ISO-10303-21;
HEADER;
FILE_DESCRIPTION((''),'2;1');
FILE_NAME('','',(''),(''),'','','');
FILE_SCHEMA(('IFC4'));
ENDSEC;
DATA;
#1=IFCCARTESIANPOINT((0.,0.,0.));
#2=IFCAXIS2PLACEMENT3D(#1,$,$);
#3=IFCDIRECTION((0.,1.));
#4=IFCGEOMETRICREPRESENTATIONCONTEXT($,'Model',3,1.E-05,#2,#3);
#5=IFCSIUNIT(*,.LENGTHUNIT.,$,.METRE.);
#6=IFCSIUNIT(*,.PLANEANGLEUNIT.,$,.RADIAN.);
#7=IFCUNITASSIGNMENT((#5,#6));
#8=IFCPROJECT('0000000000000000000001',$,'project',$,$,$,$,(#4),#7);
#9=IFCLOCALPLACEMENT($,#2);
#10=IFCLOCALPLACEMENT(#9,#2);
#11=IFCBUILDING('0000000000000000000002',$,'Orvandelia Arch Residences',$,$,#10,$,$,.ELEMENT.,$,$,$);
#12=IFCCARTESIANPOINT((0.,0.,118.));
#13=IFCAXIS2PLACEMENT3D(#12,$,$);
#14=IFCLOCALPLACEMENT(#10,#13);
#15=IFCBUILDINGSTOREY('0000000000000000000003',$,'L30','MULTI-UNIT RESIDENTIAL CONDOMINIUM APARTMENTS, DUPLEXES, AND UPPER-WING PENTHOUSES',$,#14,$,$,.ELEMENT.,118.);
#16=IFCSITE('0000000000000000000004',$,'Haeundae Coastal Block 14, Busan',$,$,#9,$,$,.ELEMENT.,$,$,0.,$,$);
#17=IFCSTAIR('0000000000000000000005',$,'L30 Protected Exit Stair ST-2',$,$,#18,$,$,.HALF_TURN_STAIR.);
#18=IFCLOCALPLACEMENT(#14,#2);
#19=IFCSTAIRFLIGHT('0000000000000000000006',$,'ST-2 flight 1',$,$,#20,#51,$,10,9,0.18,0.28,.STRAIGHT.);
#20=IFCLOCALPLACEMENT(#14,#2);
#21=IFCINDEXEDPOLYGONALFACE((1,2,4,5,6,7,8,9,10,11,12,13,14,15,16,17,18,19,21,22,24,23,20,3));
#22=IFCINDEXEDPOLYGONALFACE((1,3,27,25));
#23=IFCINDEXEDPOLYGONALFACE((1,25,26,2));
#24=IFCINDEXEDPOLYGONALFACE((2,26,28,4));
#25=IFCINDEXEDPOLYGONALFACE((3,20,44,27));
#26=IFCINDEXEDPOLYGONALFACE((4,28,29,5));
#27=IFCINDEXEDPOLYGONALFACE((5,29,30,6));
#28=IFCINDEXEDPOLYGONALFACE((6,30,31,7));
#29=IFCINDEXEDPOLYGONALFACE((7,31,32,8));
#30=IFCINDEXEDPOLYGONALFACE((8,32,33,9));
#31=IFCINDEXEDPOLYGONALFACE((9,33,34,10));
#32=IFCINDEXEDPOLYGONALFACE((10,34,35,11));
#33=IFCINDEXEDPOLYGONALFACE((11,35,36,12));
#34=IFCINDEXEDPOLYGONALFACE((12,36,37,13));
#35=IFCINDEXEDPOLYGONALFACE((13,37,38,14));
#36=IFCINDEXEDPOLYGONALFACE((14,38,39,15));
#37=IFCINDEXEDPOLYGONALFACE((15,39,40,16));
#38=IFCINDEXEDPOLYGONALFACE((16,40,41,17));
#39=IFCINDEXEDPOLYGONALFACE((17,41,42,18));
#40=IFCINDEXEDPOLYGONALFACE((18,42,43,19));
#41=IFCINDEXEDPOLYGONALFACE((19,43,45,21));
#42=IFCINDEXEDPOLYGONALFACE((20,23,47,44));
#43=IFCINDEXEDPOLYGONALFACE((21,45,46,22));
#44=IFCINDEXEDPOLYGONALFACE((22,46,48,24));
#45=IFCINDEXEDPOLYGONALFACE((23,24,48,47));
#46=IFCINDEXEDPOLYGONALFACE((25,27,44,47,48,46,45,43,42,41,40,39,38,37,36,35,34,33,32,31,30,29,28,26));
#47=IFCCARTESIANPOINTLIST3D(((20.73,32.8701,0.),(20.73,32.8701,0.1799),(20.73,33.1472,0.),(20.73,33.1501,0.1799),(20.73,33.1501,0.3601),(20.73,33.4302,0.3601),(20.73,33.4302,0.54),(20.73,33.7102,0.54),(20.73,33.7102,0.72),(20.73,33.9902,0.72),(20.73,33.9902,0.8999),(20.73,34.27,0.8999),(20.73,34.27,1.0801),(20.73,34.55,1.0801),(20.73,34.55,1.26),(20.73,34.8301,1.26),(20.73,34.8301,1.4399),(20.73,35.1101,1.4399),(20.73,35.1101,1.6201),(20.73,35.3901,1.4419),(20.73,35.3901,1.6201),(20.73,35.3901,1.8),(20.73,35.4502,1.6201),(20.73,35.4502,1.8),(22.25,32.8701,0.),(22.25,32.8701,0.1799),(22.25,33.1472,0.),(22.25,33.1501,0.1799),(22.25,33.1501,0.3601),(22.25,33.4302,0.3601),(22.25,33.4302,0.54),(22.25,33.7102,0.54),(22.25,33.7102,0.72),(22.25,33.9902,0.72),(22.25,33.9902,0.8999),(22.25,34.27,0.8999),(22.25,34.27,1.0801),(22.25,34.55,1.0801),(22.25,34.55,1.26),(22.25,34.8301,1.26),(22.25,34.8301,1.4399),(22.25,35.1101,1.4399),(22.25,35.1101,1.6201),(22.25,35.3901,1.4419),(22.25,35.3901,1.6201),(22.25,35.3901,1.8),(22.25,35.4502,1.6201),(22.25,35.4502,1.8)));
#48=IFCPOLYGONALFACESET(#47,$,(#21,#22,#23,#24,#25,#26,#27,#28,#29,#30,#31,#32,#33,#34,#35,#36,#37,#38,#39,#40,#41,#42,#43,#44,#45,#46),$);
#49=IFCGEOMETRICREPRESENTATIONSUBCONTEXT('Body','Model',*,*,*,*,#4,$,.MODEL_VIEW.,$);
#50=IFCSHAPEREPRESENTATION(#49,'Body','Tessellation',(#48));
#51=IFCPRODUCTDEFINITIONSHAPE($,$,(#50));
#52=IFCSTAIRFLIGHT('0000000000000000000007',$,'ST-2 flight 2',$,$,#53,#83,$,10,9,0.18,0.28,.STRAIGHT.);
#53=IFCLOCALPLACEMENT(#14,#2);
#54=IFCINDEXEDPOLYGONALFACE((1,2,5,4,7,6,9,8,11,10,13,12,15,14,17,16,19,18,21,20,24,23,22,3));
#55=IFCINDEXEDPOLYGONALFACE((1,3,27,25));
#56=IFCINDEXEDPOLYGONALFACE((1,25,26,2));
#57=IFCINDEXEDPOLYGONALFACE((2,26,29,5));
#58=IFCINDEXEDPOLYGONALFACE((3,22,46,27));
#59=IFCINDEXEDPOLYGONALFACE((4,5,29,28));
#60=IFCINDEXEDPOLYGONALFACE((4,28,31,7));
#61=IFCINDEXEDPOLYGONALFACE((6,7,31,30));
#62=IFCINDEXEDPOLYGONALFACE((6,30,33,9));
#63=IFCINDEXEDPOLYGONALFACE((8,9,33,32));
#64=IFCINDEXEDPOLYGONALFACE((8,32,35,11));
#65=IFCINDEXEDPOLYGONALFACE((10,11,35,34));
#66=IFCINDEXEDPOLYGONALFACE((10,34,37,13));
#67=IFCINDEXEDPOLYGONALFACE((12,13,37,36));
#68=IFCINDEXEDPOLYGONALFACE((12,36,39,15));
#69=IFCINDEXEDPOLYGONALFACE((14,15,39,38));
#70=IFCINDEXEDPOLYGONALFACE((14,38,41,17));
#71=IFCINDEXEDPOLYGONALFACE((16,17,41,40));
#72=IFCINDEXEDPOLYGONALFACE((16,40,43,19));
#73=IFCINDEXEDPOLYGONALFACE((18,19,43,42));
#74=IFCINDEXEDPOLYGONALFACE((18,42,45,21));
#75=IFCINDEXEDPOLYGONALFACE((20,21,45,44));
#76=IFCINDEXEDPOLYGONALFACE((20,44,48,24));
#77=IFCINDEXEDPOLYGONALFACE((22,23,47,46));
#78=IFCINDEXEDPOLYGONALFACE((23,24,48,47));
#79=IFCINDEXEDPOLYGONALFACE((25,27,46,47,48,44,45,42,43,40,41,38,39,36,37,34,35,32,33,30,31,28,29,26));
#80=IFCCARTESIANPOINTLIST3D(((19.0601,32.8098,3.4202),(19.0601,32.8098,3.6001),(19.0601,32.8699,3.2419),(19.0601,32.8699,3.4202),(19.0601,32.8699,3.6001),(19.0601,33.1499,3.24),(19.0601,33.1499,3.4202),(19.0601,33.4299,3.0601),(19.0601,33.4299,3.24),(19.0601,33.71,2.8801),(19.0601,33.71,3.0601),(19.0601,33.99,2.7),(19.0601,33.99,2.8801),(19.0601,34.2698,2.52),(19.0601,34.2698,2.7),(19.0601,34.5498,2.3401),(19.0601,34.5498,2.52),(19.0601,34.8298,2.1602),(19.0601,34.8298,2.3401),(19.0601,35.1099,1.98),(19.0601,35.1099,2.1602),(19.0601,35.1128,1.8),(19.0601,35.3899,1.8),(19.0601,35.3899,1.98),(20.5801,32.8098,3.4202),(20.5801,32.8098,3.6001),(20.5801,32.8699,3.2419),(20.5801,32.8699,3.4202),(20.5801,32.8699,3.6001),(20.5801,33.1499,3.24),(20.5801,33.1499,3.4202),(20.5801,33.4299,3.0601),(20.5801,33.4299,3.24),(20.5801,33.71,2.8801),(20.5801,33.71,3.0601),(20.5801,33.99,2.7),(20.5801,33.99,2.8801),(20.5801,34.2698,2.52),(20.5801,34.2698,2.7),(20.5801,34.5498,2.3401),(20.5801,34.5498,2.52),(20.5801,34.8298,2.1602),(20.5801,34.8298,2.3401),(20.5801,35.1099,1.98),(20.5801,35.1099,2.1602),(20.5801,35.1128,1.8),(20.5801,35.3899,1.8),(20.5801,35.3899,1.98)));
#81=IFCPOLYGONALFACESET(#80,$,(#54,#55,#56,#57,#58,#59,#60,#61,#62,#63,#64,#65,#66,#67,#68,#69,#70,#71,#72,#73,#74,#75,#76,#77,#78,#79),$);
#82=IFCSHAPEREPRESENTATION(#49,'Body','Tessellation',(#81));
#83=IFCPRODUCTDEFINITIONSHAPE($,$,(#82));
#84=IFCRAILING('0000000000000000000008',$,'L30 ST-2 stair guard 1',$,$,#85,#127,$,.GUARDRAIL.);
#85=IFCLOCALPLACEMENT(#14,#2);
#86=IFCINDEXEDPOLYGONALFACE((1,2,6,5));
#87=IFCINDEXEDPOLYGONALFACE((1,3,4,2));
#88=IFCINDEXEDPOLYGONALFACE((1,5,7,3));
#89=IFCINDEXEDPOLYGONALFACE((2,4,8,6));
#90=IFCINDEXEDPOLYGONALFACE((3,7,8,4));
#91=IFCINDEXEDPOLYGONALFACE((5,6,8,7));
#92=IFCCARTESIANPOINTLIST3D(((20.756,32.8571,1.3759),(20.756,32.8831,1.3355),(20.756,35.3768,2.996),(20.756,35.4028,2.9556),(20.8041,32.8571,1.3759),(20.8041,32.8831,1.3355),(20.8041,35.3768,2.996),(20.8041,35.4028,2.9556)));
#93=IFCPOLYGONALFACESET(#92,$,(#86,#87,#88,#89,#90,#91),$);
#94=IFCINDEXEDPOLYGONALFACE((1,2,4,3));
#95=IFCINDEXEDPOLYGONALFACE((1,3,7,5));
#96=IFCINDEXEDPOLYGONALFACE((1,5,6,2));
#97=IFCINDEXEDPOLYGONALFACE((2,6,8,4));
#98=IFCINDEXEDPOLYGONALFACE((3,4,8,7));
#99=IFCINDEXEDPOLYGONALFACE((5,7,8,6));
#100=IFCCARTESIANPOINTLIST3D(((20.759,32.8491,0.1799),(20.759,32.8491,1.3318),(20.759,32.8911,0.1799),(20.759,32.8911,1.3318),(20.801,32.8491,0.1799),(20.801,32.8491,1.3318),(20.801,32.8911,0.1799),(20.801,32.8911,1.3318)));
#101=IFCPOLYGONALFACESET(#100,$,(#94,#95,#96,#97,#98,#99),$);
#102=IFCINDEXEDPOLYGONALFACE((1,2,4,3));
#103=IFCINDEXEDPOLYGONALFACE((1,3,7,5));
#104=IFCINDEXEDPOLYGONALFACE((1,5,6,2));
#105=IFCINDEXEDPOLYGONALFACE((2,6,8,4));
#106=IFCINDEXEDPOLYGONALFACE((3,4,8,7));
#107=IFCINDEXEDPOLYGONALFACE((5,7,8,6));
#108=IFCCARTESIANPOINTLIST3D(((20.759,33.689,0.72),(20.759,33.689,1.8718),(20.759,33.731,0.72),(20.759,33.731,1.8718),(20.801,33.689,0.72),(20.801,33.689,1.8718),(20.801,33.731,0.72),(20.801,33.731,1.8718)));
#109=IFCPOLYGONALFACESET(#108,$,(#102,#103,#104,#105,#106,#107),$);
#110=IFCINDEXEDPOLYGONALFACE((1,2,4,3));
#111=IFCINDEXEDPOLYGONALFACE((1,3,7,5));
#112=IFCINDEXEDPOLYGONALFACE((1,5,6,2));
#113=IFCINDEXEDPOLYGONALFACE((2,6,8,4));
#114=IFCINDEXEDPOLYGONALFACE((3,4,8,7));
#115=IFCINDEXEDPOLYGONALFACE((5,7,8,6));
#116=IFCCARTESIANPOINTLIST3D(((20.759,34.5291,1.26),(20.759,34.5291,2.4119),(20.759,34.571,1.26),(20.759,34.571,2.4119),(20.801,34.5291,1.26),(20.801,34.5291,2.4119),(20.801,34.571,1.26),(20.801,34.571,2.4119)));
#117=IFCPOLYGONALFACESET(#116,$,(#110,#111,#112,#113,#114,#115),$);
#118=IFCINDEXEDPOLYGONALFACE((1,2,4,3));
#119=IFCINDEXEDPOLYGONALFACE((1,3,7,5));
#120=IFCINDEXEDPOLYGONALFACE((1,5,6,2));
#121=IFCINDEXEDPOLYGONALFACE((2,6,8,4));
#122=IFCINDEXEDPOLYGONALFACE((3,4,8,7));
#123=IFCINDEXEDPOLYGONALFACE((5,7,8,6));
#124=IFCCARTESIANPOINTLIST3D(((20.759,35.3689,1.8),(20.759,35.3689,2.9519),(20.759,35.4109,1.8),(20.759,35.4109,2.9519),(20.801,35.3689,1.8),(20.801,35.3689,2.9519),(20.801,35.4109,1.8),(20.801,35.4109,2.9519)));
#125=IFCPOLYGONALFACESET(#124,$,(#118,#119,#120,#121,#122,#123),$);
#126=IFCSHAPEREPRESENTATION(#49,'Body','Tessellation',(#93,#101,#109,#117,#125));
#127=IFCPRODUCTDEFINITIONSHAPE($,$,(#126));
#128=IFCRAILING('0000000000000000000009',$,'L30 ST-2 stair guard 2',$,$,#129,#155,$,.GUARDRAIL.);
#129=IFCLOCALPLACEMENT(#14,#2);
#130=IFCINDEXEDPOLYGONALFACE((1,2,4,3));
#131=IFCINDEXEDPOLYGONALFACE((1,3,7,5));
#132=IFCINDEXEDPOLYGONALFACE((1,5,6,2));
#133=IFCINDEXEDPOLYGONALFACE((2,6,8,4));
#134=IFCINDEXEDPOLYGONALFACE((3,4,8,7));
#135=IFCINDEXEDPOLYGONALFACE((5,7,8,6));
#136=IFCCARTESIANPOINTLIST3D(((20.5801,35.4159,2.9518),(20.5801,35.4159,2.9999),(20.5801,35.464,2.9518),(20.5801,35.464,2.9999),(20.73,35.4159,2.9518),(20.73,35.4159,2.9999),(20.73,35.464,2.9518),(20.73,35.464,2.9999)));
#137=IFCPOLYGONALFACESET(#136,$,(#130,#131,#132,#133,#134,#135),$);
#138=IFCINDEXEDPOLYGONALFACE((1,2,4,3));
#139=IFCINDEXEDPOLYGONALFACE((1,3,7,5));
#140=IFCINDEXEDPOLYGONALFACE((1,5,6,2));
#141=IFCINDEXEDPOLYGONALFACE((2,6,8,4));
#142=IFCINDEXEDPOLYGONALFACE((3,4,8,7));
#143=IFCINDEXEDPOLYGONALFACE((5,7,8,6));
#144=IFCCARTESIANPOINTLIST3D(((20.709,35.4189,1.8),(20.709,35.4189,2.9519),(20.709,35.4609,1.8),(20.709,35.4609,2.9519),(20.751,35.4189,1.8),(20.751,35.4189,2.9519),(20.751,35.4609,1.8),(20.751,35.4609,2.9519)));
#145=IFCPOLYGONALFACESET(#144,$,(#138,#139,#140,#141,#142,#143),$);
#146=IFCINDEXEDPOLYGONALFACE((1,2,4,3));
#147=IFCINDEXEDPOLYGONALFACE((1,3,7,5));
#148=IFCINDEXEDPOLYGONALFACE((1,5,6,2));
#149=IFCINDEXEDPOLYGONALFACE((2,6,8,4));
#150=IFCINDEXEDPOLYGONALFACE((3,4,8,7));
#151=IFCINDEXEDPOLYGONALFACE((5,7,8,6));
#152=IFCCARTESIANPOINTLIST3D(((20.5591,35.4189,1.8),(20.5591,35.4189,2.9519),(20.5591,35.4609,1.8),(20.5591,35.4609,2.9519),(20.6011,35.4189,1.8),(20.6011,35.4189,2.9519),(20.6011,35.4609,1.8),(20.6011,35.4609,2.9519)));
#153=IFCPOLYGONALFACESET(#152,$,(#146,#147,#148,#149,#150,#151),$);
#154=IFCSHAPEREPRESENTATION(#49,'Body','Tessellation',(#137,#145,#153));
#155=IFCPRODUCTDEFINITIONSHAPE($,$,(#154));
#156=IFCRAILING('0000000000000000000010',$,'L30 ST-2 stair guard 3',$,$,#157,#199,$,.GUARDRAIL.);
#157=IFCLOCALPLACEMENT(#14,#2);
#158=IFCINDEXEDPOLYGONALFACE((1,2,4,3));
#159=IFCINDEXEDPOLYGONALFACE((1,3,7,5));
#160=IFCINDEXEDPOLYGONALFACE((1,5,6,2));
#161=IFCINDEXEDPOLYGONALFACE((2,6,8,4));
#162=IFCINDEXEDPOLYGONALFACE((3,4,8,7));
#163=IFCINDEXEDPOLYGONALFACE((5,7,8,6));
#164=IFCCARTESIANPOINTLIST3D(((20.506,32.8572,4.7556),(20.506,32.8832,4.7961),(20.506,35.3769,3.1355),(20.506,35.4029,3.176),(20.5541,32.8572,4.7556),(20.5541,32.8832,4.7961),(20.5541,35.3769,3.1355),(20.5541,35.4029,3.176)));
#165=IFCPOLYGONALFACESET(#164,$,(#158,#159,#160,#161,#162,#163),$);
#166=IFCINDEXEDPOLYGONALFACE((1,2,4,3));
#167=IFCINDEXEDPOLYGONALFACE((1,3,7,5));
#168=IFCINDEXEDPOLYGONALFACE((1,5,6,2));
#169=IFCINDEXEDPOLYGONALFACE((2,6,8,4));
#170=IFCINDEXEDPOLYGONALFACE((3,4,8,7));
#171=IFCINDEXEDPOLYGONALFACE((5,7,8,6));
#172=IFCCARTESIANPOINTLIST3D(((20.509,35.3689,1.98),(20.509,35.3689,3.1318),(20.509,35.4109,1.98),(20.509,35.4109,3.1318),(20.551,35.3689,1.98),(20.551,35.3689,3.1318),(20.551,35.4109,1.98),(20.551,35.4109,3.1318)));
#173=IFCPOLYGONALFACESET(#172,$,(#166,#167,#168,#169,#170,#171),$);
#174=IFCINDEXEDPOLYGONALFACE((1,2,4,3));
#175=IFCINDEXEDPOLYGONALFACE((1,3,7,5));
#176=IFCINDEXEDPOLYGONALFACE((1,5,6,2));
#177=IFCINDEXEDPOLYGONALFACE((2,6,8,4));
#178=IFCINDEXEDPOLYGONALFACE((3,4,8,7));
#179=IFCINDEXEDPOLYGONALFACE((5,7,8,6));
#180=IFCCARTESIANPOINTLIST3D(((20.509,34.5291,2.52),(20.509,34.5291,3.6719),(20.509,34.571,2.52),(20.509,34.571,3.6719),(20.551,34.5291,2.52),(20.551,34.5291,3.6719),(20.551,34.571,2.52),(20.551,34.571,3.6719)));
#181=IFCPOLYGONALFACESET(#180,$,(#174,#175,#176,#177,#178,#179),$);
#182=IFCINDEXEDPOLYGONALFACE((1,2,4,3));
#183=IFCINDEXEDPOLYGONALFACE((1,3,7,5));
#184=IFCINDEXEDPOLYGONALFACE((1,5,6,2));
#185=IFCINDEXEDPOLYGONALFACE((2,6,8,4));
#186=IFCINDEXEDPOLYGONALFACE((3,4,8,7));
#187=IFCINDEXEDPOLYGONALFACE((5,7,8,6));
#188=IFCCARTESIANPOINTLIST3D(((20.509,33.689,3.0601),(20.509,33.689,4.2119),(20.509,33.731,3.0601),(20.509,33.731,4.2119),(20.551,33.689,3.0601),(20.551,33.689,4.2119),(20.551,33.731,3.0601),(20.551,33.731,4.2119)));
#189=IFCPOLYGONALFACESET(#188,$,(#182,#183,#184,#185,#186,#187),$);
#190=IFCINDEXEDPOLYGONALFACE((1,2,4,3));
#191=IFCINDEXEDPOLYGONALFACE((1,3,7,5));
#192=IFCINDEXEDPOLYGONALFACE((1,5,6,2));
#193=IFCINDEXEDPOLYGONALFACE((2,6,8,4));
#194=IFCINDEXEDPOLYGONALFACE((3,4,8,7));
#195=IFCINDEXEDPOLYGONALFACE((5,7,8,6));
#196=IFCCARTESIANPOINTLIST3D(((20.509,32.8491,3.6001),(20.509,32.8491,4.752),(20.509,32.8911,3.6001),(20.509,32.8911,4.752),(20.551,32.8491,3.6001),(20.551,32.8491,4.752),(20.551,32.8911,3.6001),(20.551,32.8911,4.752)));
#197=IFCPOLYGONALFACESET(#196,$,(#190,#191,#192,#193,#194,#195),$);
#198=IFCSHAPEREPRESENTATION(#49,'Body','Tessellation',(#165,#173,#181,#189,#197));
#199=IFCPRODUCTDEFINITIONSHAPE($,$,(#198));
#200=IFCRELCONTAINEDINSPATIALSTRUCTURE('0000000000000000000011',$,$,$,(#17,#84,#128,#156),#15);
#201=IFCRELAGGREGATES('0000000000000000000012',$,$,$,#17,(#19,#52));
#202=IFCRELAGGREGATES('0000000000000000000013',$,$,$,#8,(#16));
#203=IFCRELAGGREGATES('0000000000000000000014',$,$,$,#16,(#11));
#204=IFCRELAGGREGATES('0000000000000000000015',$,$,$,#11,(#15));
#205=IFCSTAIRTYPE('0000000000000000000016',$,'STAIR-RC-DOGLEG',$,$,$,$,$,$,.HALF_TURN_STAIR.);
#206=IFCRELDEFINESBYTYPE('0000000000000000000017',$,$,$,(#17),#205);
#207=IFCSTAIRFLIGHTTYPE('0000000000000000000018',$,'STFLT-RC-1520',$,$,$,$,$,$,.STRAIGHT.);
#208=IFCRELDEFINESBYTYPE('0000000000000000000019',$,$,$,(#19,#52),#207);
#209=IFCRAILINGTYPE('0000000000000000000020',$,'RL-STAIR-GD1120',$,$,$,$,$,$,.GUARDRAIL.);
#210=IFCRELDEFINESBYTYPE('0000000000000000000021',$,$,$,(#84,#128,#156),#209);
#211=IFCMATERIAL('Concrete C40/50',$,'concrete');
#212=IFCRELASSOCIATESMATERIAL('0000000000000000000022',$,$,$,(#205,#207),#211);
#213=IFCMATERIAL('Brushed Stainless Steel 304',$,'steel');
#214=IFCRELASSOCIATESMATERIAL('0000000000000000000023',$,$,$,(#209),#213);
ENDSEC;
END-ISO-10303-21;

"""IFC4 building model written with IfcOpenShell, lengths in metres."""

from ifc_helpers import new_model, si_unit, direction, frame, origin, origin_2d, place, context, subcontext, project, spatial, polyline, rectangle, outline, extrude, material, type_object, element, aggregate, save


model = new_model("IFC4")

# Units and contexts
model_context = context("Model", 3, precision=1e-05, world=origin(), true_north=direction((0.0, 1.0)))
body_context = subcontext(model_context, "Body", "Model", "MODEL_VIEW")
ifc_project = project(units=[si_unit("LENGTHUNIT", "METRE"), si_unit("PLANEANGLEUNIT", "RADIAN")], contexts=[model_context])

# Site, building, storey
site_placement = place(None, origin())
site = spatial("IfcSite", under=ifc_project, at=site_placement, Name="Haeundae Coastal Block 14, Busan", CompositionType="ELEMENT", RefElevation=0.0)
building_placement = place(site_placement, origin())
building = spatial("IfcBuilding", under=site, at=building_placement, Name="Orvandelia Arch Residences", CompositionType="ELEMENT")
storey_placement = place(building_placement, frame((0.0, 0.0, 118.0)))
storey = spatial("IfcBuildingStorey", under=building, at=storey_placement, Name="L30", Description="MULTI-UNIT RESIDENTIAL CONDOMINIUM APARTMENTS, DUPLEXES, AND UPPER-WING PENTHOUSES", CompositionType="ELEMENT", Elevation=118.0)

# Stair, stair flights
ifc_material_1 = material(Name="Concrete C40/50", Category="concrete")
stair_type = type_object("IfcStairType", Name="STAIR-RC-DOGLEG", PredefinedType="HALF_TURN_STAIR", material=ifc_material_1)
stair_placement = place(storey_placement, origin())
stair = element("IfcStair", 1, at=stair_placement, inside=storey, type_object=stair_type, Name="L30 Protected Exit Stair ST-2", PredefinedType="HALF_TURN_STAIR")
stair_flight_type = type_object("IfcStairFlightType", Name="STFLT-RC-1520", PredefinedType="STRAIGHT", material=ifc_material_1)
stair_flight_1_placement = place(storey_placement, frame((21.49, 32.8701, 0.0), z_axis=(0.0, 0.0, 1.0), x_axis=(0.0, 1.0, 0.0)))
stair_flight_1 = element("IfcStairFlight", 2, at=stair_flight_1_placement, type_object=stair_flight_type, Name="ST-2 flight 1", NumberOfRisers=10, NumberOfTreads=9, PredefinedType="STRAIGHT", RiserHeight=0.18, TreadLength=0.28, context=body_context, shape_type="SweptSolid", body=[
    extrude(outline(polyline([(0.0, 0.0), (0.0, 0.1799), (0.28, 0.1799), (0.28, 0.3601), (0.5601, 0.3601), (0.5601, 0.54), (0.8401, 0.54), (0.8401, 0.72), (1.1201, 0.72), (1.1201, 0.8999), (1.3999, 0.8999), (1.3999, 1.0801), (1.6799, 1.0801), (1.6799, 1.26), (1.96, 1.26), (1.96, 1.4399), (2.24, 1.4399), (2.24, 1.6201), (2.52, 1.6201), (2.52, 1.8), (2.5801, 1.8), (2.5801, 1.6201), (2.52, 1.4419), (0.2771, 0.0), (0.0, 0.0)])), frame((0.0, 0.76, 0.0), z_axis=(0.0, -1.0, 0.0), x_axis=(1.0, 0.0, 0.0)), (0.0, 0.0, 1.0), 1.52),
])
stair_flight_2_placement = place(storey_placement, frame((19.8201, 35.3899, 1.8), z_axis=(0.0, 0.0, 1.0), x_axis=(0.0, -1.0, 0.0)))
stair_flight_2 = element("IfcStairFlight", 3, at=stair_flight_2_placement, type_object=stair_flight_type, Name="ST-2 flight 2", NumberOfRisers=10, NumberOfTreads=9, PredefinedType="STRAIGHT", RiserHeight=0.18, TreadLength=0.28, context=body_context, shape_type="SweptSolid", body=[
    extrude(outline(polyline([(0.0, 0.0), (0.0, 0.1799), (0.28, 0.1799), (0.28, 0.3601), (0.5601, 0.3601), (0.5601, 0.54), (0.8401, 0.54), (0.8401, 0.72), (1.1201, 0.72), (1.1201, 0.8999), (1.3999, 0.8999), (1.3999, 1.0801), (1.6799, 1.0801), (1.6799, 1.26), (1.96, 1.26), (1.96, 1.4399), (2.24, 1.4399), (2.24, 1.6201), (2.52, 1.6201), (2.52, 1.8), (2.5801, 1.8), (2.5801, 1.6201), (2.52, 1.4419), (0.2771, 0.0), (0.0, 0.0)])), frame((0.0, 0.76, 0.0), z_axis=(0.0, -1.0, 0.0), x_axis=(1.0, 0.0, 0.0)), (0.0, 0.0, 1.0), 1.52),
])
aggregate(stair, [stair_flight_1, stair_flight_2])

# Railings
ifc_material_2 = material(Name="Brushed Stainless Steel 304", Category="steel")
railing_type_1 = type_object("IfcRailingType", Name="RL-STAIR-GD1120", PredefinedType="GUARDRAIL", material=ifc_material_2)
railing_1_placement = place(storey_placement, frame((20.78, 32.8701, 0.1799)))
element("IfcRailing", 4, at=railing_1_placement, inside=storey, type_object=railing_type_1, Name="L30 ST-2 stair guard 1", PredefinedType="GUARDRAIL", context=body_context, shape_type="SweptSolid", body=[
    extrude(rectangle(XDim=0.0481, YDim=0.0481, at=origin_2d()), frame((0.0, 0.0, 1.1758), z_axis=(0.0, 0.841139, 0.540819), x_axis=(-1.0, 0.0, 0.0)), (0.0, 0.0, 1.0), 2.9956),
    extrude(rectangle(XDim=0.042, YDim=0.042, at=origin_2d()), origin(), (0.0, 0.0, 1.0), 1.1519),
    extrude(rectangle(XDim=0.042, YDim=0.042, at=origin_2d()), frame((0.0, 0.8398, 0.54)), (0.0, 0.0, 1.0), 1.1519),
    extrude(rectangle(XDim=0.042, YDim=0.042, at=origin_2d()), frame((0.0, 1.6799, 1.0801)), (0.0, 0.0, 1.0), 1.1519),
    extrude(rectangle(XDim=0.042, YDim=0.042, at=origin_2d()), frame((0.0, 2.5198, 1.6201)), (0.0, 0.0, 1.0), 1.1519),
])
railing_2_placement = place(storey_placement, frame((20.73, 35.4399, 1.8)))
element("IfcRailing", 5, at=railing_2_placement, inside=storey, type_object=railing_type_1, Name="L30 ST-2 stair guard 2", PredefinedType="GUARDRAIL", context=body_context, shape_type="SweptSolid", body=[
    extrude(rectangle(XDim=0.0481, YDim=0.0481, at=origin_2d()), frame((0.0, 0.0, 1.1758), z_axis=(-1.0, 0.0, 0.0), x_axis=(0.0, -1.0, 0.0)), (0.0, 0.0, 1.0), 0.1499),
    extrude(rectangle(XDim=0.042, YDim=0.042, at=origin_2d()), origin(), (0.0, 0.0, 1.0), 1.1519),
    extrude(rectangle(XDim=0.042, YDim=0.042, at=origin_2d()), frame((-0.1499, 0.0, 0.0)), (0.0, 0.0, 1.0), 1.1519),
])
railing_3_placement = place(storey_placement, frame((20.53, 35.3899, 1.98)))
element("IfcRailing", 6, at=railing_3_placement, inside=storey, type_object=railing_type_1, Name="L30 ST-2 stair guard 3", PredefinedType="GUARDRAIL", context=body_context, shape_type="SweptSolid", body=[
    extrude(rectangle(XDim=0.0481, YDim=0.0481, at=origin_2d()), frame((0.0, 0.0, 1.1758), z_axis=(0.0, -0.841139, 0.540819), x_axis=(1.0, 0.0, 0.0)), (0.0, 0.0, 1.0), 2.9956),
    extrude(rectangle(XDim=0.042, YDim=0.042, at=origin_2d()), origin(), (0.0, 0.0, 1.0), 1.1519),
    extrude(rectangle(XDim=0.042, YDim=0.042, at=origin_2d()), frame((0.0, -0.8398, 0.54)), (0.0, 0.0, 1.0), 1.1519),
    extrude(rectangle(XDim=0.042, YDim=0.042, at=origin_2d()), frame((0.0, -1.6799, 1.0801)), (0.0, 0.0, 1.0), 1.1519),
    extrude(rectangle(XDim=0.042, YDim=0.042, at=origin_2d()), frame((0.0, -2.5198, 1.6201)), (0.0, 0.0, 1.0), 1.1519),
])

save(model, "model.ifc")
